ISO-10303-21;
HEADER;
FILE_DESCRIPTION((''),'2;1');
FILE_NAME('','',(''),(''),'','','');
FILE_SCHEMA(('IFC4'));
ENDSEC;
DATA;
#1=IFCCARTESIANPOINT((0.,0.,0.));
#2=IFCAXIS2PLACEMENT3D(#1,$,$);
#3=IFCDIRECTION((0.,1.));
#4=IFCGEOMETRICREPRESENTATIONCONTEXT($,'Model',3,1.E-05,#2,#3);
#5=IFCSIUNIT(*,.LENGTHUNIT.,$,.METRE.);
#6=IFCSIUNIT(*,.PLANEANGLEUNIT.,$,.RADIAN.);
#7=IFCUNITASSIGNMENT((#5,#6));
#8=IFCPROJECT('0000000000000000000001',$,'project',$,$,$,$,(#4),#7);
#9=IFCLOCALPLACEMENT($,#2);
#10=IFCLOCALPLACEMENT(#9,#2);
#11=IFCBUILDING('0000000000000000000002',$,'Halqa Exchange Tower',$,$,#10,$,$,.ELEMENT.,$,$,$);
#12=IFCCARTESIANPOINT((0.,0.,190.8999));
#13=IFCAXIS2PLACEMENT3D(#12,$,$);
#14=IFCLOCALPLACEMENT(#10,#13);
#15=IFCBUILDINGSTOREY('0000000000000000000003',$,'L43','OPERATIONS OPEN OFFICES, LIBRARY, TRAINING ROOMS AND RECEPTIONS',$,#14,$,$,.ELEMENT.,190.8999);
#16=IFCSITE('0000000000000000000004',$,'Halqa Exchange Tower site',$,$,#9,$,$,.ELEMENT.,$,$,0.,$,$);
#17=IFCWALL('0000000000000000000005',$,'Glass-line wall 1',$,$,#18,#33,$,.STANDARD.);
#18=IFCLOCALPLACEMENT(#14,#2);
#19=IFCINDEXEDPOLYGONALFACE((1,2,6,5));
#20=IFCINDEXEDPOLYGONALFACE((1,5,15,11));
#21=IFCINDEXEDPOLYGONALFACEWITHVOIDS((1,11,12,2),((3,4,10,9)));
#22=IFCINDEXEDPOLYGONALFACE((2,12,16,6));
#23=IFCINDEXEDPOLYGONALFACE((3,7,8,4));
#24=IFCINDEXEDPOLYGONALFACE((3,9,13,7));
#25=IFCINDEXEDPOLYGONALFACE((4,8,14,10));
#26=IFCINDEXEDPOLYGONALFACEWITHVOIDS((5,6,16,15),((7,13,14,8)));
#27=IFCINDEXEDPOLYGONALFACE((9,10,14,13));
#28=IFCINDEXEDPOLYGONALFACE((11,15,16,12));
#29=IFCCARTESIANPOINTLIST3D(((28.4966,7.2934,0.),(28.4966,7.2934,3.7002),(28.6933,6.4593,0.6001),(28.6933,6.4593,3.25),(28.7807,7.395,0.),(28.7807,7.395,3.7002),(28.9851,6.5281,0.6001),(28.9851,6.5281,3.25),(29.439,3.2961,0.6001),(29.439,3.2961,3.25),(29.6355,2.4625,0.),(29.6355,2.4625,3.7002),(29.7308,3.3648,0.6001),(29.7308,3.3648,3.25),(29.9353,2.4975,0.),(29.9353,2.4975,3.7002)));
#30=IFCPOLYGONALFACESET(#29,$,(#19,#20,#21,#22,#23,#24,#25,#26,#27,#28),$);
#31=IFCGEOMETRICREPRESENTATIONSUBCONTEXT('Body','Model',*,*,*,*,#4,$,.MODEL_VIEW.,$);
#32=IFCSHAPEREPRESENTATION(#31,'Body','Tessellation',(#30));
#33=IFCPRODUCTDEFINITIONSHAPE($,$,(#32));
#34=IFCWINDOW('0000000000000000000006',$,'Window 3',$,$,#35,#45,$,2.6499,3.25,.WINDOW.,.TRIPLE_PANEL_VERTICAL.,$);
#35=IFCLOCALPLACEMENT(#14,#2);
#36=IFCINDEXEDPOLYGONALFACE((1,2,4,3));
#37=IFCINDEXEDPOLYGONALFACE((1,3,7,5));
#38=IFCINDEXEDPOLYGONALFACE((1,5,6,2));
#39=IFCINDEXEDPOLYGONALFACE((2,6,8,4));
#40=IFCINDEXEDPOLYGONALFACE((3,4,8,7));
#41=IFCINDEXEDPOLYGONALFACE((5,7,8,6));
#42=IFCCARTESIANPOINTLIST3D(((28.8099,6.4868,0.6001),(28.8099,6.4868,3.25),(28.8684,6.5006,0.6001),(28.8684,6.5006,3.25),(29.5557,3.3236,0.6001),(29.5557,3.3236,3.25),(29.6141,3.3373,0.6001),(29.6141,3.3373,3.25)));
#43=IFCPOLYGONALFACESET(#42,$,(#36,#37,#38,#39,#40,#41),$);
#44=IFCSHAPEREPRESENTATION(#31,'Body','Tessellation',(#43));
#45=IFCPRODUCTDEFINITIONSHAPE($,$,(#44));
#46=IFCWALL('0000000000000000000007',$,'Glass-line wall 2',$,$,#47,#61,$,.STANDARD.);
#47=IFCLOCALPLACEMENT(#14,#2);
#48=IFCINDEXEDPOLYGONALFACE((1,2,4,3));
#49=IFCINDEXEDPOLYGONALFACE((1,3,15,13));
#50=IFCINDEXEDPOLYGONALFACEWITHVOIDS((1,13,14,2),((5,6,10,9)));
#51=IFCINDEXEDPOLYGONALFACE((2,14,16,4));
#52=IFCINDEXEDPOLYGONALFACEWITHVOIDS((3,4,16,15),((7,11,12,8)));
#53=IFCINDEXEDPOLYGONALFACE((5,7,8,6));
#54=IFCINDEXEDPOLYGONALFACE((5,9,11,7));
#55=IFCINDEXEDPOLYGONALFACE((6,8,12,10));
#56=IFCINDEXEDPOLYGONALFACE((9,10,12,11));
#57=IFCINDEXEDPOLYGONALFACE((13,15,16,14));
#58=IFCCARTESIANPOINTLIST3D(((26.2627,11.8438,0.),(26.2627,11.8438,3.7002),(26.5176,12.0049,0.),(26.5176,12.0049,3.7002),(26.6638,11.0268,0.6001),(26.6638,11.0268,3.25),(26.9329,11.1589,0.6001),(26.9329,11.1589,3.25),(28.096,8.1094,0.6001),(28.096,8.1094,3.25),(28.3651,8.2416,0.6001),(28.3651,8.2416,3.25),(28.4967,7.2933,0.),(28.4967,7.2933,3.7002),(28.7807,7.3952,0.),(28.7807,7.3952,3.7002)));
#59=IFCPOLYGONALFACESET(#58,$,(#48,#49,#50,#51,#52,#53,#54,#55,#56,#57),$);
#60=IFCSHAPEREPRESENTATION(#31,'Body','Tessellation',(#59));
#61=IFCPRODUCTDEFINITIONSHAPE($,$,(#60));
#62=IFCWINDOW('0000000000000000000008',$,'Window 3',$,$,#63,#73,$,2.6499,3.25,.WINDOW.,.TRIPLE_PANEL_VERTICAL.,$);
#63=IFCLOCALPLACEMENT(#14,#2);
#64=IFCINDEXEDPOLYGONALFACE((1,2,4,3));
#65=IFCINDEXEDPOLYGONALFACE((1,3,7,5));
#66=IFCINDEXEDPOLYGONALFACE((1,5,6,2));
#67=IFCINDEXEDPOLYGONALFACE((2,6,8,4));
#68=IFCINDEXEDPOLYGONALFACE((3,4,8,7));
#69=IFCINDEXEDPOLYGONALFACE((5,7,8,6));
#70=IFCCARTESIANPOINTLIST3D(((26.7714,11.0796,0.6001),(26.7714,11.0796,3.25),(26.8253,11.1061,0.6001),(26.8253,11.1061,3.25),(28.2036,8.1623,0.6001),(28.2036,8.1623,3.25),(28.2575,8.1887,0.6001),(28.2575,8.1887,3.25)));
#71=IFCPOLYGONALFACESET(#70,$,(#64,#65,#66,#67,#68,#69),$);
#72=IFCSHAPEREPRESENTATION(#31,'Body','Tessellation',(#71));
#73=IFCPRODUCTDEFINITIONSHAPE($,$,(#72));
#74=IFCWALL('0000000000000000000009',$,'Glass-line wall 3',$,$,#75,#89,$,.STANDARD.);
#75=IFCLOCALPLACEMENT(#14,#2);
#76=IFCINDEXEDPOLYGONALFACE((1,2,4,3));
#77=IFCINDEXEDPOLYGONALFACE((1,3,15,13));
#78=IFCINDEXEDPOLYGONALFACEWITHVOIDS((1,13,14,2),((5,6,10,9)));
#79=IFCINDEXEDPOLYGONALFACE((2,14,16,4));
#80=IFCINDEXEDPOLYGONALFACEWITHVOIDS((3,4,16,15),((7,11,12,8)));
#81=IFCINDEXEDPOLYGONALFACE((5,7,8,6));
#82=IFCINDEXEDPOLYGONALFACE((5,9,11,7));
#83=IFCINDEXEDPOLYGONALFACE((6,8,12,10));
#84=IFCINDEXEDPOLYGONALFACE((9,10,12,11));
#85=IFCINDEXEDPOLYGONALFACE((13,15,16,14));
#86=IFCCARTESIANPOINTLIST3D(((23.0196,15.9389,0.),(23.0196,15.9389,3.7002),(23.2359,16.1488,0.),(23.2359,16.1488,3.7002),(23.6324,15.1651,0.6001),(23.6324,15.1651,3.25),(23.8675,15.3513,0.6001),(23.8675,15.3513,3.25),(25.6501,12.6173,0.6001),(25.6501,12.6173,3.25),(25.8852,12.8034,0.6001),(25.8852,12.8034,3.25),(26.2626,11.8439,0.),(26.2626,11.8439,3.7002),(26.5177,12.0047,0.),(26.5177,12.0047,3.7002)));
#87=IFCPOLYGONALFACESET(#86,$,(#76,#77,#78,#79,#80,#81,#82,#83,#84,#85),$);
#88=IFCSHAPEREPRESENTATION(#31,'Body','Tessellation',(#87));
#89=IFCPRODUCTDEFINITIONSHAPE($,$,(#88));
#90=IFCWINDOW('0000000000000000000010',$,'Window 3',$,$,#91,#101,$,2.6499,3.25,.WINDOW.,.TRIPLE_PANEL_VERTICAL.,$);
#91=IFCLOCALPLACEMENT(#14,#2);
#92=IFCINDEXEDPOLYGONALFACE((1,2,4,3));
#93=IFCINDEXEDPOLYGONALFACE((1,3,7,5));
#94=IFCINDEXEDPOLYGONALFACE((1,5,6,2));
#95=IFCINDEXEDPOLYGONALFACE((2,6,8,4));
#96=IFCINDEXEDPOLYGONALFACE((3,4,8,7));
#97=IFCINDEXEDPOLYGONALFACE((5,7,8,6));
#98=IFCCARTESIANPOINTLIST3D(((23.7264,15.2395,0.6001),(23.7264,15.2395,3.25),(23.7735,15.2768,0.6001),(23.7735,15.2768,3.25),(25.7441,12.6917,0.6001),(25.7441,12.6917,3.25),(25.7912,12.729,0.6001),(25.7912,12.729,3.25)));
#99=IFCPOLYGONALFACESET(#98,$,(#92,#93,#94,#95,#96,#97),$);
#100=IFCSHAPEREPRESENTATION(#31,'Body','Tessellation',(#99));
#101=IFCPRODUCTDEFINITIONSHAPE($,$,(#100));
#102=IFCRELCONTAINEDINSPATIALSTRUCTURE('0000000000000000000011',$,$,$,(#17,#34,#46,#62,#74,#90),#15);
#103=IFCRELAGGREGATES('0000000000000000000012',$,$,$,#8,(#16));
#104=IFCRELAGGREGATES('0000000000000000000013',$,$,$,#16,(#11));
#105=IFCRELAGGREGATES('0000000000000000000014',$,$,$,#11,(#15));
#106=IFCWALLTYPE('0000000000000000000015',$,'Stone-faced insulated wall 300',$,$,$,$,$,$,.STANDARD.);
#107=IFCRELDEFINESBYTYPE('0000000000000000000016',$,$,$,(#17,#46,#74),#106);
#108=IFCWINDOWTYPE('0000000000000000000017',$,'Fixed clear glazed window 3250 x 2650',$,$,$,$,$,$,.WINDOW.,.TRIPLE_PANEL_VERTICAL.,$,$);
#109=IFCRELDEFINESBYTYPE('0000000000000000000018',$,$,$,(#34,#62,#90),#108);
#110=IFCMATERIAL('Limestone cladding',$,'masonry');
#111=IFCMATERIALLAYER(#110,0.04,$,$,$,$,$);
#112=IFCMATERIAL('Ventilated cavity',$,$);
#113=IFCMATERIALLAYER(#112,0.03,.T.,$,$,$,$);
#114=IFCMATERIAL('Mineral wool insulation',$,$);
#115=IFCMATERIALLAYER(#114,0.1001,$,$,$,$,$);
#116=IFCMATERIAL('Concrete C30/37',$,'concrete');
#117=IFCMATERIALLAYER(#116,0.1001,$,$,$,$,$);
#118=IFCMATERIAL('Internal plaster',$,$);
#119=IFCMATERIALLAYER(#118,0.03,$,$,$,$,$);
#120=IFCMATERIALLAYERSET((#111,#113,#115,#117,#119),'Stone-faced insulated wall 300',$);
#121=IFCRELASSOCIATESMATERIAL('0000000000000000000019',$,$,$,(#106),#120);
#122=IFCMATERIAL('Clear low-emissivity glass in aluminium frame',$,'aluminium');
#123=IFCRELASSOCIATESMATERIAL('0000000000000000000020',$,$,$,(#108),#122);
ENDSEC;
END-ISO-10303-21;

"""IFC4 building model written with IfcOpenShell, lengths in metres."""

from ifc_helpers import new_model, si_unit, direction, frame, frame_2d, origin, place, context, subcontext, project, spatial, polyline, rectangle, outline, extrude, material, layer, layer_set, type_object, element, fill, save


model = new_model("IFC4")

# Units and contexts
model_context = context("Model", 3, precision=1e-05, world=origin(), true_north=direction((0.0, 1.0)))
body_context = subcontext(model_context, "Body", "Model", "MODEL_VIEW")
ifc_project = project(units=[si_unit("LENGTHUNIT", "METRE"), si_unit("PLANEANGLEUNIT", "RADIAN")], contexts=[model_context])

# Site, building, storey
site_placement = place(None, origin())
site = spatial("IfcSite", under=ifc_project, at=site_placement, Name="Halqa Exchange Tower site", CompositionType="ELEMENT", RefElevation=0.0)
building_placement = place(site_placement, origin())
building = spatial("IfcBuilding", under=site, at=building_placement, Name="Halqa Exchange Tower", CompositionType="ELEMENT")
storey_placement = place(building_placement, frame((0.0, 0.0, 190.8999)))
storey = spatial("IfcBuildingStorey", under=building, at=storey_placement, Name="L43", Description="OPERATIONS OPEN OFFICES, LIBRARY, TRAINING ROOMS AND RECEPTIONS", CompositionType="ELEMENT", Elevation=190.8999)

# Walls, openings, windows
ifc_material_1 = material(Name="Limestone cladding", Category="masonry")
ifc_layer_1 = layer(ifc_material_1, 0.04)
ifc_material_2 = material(Name="Ventilated cavity")
ifc_layer_2 = layer(ifc_material_2, 0.03, ventilated=True)
ifc_material_3 = material(Name="Mineral wool insulation")
ifc_layer_3 = layer(ifc_material_3, 0.1001)
ifc_material_4 = material(Name="Concrete C30/37", Category="concrete")
ifc_layer_4 = layer(ifc_material_4, 0.1001)
ifc_material_5 = material(Name="Internal plaster")
ifc_layer_5 = layer(ifc_material_5, 0.03)
ifc_layer_set_1 = layer_set([ifc_layer_1, ifc_layer_2, ifc_layer_3, ifc_layer_4, ifc_layer_5], Name="Stone-faced insulated wall 300")
wall_type_1 = type_object("IfcWallType", Name="Stone-faced insulated wall 300", PredefinedType="STANDARD", material=ifc_layer_set_1)
wall_1_placement = place(storey_placement, frame((29.7854, 2.48, 0.0), z_axis=(0.0, 0.0, 1.0), x_axis=(-0.229456, 0.973319, 0.0)))
wall_1 = element("IfcWall", 1, at=wall_1_placement, inside=storey, type_object=wall_type_1, Name="Glass-line wall 1", PredefinedType="STANDARD", context=body_context, shape_type="SweptSolid", body=[
    extrude(outline(polyline([(-0.0173, -0.1499), (5.0144, -0.1499), (4.9807, 0.1499), (0.0173, 0.1499), (-0.0173, -0.1499)])), origin(), (0.0, 0.0, 1.0), 3.7002),
])
opening_1_placement = place(wall_1_placement, frame((0.8738, 0.0, 0.6001)))
opening_1 = element("IfcOpeningElement", 2, at=opening_1_placement, cuts=wall_1, PredefinedType="OPENING", context=body_context, shape_type="SweptSolid", body=[
    extrude(rectangle(XDim=3.25, YDim=2.6499, at=frame_2d((1.625, 1.325))), frame((0.0, 0.1621, 0.0), z_axis=(0.0, -1.0, 0.0), x_axis=(1.0, 0.0, 0.0)), (0.0, 0.0, 1.0), 0.324),
])
ifc_material_6 = material(Name="Clear low-emissivity glass in aluminium frame", Category="aluminium")
window_type = type_object("IfcWindowType", Name="Fixed clear glazed window 3250 x 2650", PartitioningType="TRIPLE_PANEL_VERTICAL", PredefinedType="WINDOW", material=ifc_material_6)
window_1_placement = place(opening_1_placement, origin())
window_1 = element("IfcWindow", 3, at=window_1_placement, inside=storey, type_object=window_type, Name="Window 3", OverallHeight=2.6499, OverallWidth=3.25, PartitioningType="TRIPLE_PANEL_VERTICAL", PredefinedType="WINDOW", context=body_context, shape_type="SweptSolid", body=[
    extrude(rectangle(XDim=3.25, YDim=2.6499, at=frame_2d((1.625, 1.325))), frame((0.0, 0.03, 0.0), z_axis=(0.0, -1.0, 0.0), x_axis=(1.0, 0.0, 0.0)), (0.0, 0.0, 1.0), 0.0601),
])
fill(opening_1, window_1)
wall_2_placement = place(storey_placement, frame((28.6387, 7.3442, 0.0), z_axis=(0.0, 0.0, 1.0), x_axis=(-0.440694, 0.897657, 0.0)))
wall_2 = element("IfcWall", 4, at=wall_2_placement, inside=storey, type_object=wall_type_1, Name="Glass-line wall 2", PredefinedType="STANDARD", context=body_context, shape_type="SweptSolid", body=[
    extrude(outline(polyline([(-0.0168, -0.1499), (5.1184, -0.1499), (5.0862, 0.1499), (0.0168, 0.1499), (-0.0168, -0.1499)])), origin(), (0.0, 0.0, 1.0), 3.7002),
])
opening_2_placement = place(wall_2_placement, frame((0.926, 0.0, 0.6001)))
opening_2 = element("IfcOpeningElement", 5, at=opening_2_placement, cuts=wall_2, PredefinedType="OPENING", context=body_context, shape_type="SweptSolid", body=[
    extrude(rectangle(XDim=3.25, YDim=2.6499, at=frame_2d((1.625, 1.325))), frame((0.0, 0.1621, 0.0), z_axis=(0.0, -1.0, 0.0), x_axis=(1.0, 0.0, 0.0)), (0.0, 0.0, 1.0), 0.324),
])
window_2_placement = place(opening_2_placement, origin())
window_2 = element("IfcWindow", 6, at=window_2_placement, inside=storey, type_object=window_type, Name="Window 3", OverallHeight=2.6499, OverallWidth=3.25, PartitioningType="TRIPLE_PANEL_VERTICAL", PredefinedType="WINDOW", context=body_context, shape_type="SweptSolid", body=[
    extrude(rectangle(XDim=3.25, YDim=2.6499, at=frame_2d((1.625, 1.325))), frame((0.0, 0.03, 0.0), z_axis=(0.0, -1.0, 0.0), x_axis=(1.0, 0.0, 0.0)), (0.0, 0.0, 1.0), 0.0601),
])
fill(opening_2, window_2)
wall_3_placement = place(storey_placement, frame((26.3901, 11.9243, 0.0), z_axis=(0.0, 0.0, 1.0), x_axis=(-0.620829, 0.783946, 0.0)))
wall_3 = element("IfcWall", 7, at=wall_3_placement, inside=storey, type_object=wall_type_1, Name="Glass-line wall 3", PredefinedType="STANDARD", context=body_context, shape_type="SweptSolid", body=[
    extrude(outline(polyline([(-0.0161, -0.1499), (5.27, -0.1499), (5.2397, 0.1499), (0.0161, 0.1499), (-0.0161, -0.1499)])), origin(), (0.0, 0.0, 1.0), 3.7002),
])
opening_3_placement = place(wall_3_placement, frame((1.0027, 0.0, 0.6001)))
opening_3 = element("IfcOpeningElement", 8, at=opening_3_placement, cuts=wall_3, PredefinedType="OPENING", context=body_context, shape_type="SweptSolid", body=[
    extrude(rectangle(XDim=3.25, YDim=2.6499, at=frame_2d((1.625, 1.325))), frame((0.0, 0.1621, 0.0), z_axis=(0.0, -1.0, 0.0), x_axis=(1.0, 0.0, 0.0)), (0.0, 0.0, 1.0), 0.324),
])
window_3_placement = place(opening_3_placement, origin())
window_3 = element("IfcWindow", 9, at=window_3_placement, inside=storey, type_object=window_type, Name="Window 3", OverallHeight=2.6499, OverallWidth=3.25, PartitioningType="TRIPLE_PANEL_VERTICAL", PredefinedType="WINDOW", context=body_context, shape_type="SweptSolid", body=[
    extrude(rectangle(XDim=3.25, YDim=2.6499, at=frame_2d((1.625, 1.325))), frame((0.0, 0.03, 0.0), z_axis=(0.0, -1.0, 0.0), x_axis=(1.0, 0.0, 0.0)), (0.0, 0.0, 1.0), 0.0601),
])
fill(opening_3, window_3)

save(model, "model.ifc")
